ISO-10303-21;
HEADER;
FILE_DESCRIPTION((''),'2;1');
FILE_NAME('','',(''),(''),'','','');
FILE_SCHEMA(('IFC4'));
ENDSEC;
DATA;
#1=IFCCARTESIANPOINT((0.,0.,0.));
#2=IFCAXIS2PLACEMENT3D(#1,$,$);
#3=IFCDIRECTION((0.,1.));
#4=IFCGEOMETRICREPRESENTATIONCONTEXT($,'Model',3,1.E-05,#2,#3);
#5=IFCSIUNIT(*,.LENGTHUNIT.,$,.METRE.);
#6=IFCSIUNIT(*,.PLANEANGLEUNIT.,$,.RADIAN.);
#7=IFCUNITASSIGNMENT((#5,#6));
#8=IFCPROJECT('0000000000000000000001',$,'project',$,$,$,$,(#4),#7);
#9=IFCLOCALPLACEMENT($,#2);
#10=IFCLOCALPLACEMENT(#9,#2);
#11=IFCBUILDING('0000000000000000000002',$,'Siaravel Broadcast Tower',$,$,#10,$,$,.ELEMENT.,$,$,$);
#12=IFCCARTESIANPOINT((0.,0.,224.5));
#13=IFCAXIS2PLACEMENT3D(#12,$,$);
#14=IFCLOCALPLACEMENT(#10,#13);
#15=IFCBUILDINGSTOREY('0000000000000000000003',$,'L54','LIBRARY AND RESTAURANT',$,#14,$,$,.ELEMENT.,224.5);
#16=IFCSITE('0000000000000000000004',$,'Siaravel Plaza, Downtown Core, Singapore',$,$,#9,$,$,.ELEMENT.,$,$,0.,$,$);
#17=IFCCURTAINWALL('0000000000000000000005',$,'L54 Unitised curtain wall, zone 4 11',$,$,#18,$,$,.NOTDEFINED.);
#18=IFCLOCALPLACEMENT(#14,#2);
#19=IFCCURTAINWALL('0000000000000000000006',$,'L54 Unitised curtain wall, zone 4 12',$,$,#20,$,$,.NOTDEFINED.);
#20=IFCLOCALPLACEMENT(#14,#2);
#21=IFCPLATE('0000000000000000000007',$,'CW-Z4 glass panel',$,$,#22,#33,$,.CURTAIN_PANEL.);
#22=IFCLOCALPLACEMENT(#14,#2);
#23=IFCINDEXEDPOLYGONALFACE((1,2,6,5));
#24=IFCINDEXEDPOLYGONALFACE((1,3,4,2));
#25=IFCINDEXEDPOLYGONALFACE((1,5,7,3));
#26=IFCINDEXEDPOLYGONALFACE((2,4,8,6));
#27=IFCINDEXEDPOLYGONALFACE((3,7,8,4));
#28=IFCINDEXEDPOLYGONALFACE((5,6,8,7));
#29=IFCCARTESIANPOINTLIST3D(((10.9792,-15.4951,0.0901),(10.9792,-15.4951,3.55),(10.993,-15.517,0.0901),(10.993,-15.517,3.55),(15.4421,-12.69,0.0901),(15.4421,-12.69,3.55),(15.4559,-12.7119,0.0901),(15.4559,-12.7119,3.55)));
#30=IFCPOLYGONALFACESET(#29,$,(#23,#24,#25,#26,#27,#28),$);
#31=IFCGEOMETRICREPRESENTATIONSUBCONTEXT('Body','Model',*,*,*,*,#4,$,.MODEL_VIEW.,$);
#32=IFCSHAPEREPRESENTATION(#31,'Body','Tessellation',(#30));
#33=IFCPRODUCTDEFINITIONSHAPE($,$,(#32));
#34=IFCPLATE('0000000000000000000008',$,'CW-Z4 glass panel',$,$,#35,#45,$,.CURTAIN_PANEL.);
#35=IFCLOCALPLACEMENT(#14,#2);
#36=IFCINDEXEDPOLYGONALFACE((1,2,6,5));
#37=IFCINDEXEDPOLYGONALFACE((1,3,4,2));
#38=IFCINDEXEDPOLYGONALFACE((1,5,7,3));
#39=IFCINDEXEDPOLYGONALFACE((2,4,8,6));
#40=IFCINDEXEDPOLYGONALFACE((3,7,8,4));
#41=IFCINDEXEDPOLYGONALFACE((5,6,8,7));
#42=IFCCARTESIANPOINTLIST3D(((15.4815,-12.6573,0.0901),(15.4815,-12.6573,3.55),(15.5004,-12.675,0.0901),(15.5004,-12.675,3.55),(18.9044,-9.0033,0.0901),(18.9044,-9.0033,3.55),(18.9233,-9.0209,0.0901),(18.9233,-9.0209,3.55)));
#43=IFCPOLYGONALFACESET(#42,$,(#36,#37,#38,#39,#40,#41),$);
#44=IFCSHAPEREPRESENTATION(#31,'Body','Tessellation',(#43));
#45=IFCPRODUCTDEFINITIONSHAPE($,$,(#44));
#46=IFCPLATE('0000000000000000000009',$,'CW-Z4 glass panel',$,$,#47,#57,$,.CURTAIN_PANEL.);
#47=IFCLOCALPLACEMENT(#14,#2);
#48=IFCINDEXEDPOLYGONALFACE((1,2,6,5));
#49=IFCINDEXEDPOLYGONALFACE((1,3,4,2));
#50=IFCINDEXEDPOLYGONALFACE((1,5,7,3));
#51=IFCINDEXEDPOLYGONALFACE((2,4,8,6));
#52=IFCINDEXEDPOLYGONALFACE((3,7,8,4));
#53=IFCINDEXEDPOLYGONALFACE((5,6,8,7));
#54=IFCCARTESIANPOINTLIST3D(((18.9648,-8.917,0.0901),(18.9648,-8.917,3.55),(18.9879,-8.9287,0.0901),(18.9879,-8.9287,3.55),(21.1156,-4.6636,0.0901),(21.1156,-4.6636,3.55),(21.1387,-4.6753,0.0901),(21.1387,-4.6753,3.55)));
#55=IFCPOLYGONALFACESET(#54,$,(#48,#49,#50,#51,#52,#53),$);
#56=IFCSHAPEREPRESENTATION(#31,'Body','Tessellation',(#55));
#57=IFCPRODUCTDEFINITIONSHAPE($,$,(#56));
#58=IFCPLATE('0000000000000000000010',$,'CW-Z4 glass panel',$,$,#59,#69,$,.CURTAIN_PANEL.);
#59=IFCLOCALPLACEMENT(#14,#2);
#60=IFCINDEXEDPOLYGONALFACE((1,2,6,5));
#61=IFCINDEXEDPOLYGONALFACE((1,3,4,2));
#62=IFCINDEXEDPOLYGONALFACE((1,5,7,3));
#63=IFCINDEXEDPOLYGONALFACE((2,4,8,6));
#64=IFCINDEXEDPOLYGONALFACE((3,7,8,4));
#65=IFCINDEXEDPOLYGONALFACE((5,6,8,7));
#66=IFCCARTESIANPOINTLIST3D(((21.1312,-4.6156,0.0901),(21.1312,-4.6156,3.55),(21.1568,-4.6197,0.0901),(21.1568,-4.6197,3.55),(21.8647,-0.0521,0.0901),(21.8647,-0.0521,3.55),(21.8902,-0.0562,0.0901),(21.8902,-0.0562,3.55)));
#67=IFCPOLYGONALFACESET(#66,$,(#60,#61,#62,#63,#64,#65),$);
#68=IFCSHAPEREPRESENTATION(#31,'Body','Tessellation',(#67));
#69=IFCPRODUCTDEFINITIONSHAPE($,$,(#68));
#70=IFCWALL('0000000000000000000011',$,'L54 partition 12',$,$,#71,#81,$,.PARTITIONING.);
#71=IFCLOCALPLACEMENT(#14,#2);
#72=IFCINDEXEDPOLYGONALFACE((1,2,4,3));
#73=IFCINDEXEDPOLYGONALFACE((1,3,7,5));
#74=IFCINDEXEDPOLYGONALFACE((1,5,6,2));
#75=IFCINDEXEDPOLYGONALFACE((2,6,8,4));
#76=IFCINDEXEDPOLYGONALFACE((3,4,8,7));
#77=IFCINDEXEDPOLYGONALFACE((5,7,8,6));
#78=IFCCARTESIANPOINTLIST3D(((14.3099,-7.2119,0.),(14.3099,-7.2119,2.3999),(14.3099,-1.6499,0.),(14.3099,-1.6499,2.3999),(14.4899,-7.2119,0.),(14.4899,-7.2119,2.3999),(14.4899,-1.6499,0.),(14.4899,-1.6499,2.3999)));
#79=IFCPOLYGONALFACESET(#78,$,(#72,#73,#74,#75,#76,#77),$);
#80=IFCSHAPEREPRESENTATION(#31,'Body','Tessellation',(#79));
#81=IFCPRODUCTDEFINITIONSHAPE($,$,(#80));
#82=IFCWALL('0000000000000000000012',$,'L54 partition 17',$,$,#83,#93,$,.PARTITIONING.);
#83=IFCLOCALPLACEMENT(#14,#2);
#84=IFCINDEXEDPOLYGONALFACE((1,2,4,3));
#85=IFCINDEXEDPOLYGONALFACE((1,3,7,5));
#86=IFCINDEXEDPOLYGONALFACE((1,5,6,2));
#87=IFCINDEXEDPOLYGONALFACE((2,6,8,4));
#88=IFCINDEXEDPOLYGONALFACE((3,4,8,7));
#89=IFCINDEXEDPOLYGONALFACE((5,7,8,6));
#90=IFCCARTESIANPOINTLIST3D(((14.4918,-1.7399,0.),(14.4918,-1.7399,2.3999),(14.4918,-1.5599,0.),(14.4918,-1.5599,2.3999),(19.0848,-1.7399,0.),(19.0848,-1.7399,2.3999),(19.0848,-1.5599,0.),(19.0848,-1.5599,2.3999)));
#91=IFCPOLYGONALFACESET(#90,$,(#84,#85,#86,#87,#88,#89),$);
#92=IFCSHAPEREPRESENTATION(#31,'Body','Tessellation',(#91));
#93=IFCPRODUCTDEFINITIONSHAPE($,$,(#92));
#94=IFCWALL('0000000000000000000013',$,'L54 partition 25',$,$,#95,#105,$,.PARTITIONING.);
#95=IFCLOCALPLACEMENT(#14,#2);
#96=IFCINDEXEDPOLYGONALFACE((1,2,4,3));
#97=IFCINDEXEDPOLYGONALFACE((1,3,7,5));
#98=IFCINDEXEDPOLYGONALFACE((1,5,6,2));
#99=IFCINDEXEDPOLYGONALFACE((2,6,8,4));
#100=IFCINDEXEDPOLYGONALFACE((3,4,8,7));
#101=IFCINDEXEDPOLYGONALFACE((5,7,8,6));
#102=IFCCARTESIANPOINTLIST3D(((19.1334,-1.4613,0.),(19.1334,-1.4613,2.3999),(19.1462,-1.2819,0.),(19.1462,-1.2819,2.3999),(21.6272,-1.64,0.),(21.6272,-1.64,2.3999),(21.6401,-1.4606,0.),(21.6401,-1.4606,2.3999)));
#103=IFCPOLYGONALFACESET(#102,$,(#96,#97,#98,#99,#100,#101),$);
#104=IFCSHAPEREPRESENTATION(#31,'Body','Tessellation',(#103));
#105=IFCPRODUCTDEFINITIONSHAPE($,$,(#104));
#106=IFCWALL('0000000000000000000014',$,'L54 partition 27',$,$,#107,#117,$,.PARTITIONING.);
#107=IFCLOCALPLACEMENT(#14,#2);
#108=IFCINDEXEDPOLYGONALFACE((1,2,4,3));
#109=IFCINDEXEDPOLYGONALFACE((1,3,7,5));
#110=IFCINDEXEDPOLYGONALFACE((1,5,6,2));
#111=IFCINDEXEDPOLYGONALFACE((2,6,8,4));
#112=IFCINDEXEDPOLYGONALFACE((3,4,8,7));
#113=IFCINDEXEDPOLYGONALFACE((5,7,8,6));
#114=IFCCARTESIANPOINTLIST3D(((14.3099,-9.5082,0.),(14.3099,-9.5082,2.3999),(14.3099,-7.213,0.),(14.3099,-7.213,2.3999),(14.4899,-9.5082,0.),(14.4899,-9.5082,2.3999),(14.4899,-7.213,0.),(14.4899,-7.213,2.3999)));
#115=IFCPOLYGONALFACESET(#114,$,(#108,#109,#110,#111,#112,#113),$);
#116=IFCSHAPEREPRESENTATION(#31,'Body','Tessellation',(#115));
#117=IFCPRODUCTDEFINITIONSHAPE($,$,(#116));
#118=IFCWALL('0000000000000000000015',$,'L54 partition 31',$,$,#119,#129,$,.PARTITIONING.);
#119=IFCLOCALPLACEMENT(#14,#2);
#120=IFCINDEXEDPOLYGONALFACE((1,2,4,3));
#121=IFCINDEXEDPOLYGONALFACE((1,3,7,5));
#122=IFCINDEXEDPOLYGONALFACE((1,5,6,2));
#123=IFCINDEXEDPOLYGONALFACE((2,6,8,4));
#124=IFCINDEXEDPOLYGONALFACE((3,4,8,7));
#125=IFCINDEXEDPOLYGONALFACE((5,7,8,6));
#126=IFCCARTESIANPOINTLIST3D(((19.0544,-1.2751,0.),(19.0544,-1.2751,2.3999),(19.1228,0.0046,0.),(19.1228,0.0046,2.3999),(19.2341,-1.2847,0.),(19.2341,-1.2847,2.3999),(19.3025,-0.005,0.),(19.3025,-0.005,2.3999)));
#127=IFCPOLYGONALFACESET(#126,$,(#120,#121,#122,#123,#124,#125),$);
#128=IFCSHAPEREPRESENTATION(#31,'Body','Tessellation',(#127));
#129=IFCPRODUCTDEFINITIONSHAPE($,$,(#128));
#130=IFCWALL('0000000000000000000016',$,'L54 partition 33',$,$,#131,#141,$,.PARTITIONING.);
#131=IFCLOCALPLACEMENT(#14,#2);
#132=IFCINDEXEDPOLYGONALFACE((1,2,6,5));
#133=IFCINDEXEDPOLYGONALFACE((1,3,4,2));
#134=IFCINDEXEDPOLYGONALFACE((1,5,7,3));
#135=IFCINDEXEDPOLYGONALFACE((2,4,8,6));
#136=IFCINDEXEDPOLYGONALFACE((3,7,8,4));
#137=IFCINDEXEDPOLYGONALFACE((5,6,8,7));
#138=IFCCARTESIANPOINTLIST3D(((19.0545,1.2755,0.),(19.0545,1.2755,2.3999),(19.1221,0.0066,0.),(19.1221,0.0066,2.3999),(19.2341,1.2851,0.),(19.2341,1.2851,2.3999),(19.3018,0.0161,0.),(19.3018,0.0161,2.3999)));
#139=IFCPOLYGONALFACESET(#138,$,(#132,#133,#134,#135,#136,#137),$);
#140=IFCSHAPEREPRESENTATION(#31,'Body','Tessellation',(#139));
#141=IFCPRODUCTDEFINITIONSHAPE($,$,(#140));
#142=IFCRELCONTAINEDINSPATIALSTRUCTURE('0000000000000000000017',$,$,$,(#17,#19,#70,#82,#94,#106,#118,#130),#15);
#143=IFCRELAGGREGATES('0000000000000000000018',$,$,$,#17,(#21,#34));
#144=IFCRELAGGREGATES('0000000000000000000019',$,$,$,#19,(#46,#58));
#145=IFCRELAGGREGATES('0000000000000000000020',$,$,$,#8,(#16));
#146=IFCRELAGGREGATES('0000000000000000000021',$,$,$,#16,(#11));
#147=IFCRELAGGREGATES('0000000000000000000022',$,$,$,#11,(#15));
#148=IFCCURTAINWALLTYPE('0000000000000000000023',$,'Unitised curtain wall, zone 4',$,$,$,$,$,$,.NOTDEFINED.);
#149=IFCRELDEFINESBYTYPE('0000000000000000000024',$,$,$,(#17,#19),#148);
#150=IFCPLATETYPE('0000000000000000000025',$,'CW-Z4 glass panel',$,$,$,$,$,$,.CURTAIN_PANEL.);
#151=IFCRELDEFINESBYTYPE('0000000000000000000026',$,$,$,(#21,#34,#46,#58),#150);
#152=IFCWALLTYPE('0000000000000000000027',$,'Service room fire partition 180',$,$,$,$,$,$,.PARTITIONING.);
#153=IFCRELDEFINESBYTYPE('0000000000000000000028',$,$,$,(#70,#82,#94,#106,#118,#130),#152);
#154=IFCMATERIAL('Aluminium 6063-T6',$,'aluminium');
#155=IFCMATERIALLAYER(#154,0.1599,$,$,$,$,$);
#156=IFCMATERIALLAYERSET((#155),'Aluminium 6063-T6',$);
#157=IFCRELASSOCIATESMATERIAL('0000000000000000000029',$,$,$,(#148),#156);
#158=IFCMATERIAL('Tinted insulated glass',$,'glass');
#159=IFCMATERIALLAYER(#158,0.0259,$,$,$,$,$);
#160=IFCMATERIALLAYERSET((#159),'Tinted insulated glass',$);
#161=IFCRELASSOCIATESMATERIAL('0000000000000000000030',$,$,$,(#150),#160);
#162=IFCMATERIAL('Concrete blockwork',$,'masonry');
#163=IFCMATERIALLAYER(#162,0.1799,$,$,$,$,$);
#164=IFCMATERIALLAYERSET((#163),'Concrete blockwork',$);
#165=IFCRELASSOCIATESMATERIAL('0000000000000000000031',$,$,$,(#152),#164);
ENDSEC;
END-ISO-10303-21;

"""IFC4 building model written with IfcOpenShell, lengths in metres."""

from ifc_helpers import new_model, si_unit, direction, frame, frame_2d, origin, origin_2d, place, context, subcontext, project, spatial, rectangle, extrude, material, layer, layer_set, type_object, element, aggregate, save


model = new_model("IFC4")

# Units and contexts
model_context = context("Model", 3, precision=1e-05, world=origin(), true_north=direction((0.0, 1.0)))
body_context = subcontext(model_context, "Body", "Model", "MODEL_VIEW")
ifc_project = project(units=[si_unit("LENGTHUNIT", "METRE"), si_unit("PLANEANGLEUNIT", "RADIAN")], contexts=[model_context])

# Site, building, storey
site_placement = place(None, origin())
site = spatial("IfcSite", under=ifc_project, at=site_placement, Name="Siaravel Plaza, Downtown Core, Singapore", CompositionType="ELEMENT", RefElevation=0.0)
building_placement = place(site_placement, origin())
building = spatial("IfcBuilding", under=site, at=building_placement, Name="Siaravel Broadcast Tower", CompositionType="ELEMENT")
storey_placement = place(building_placement, frame((0.0, 0.0, 224.5)))
storey = spatial("IfcBuildingStorey", under=building, at=storey_placement, Name="L54", Description="LIBRARY AND RESTAURANT", CompositionType="ELEMENT", Elevation=224.5)

# Shared definitions
ifc_material_1 = material(Name="Aluminium 6063-T6", Category="aluminium")
ifc_layer_1 = layer(ifc_material_1, 0.1599)
ifc_layer_set_1 = layer_set([ifc_layer_1], Name="Aluminium 6063-T6")
curtain_wall_type = type_object("IfcCurtainWallType", Name="Unitised curtain wall, zone 4", PredefinedType="NOTDEFINED", material=ifc_layer_set_1)

# Curtain walls
curtain_wall_1_placement = place(storey_placement, origin())
curtain_wall_1 = element("IfcCurtainWall", 1, at=curtain_wall_1_placement, inside=storey, type_object=curtain_wall_type, Name="L54 Unitised curtain wall, zone 4 11", PredefinedType="NOTDEFINED")
curtain_wall_2_placement = place(storey_placement, origin())
curtain_wall_2 = element("IfcCurtainWall", 2, at=curtain_wall_2_placement, inside=storey, type_object=curtain_wall_type, Name="L54 Unitised curtain wall, zone 4 12", PredefinedType="NOTDEFINED")

# Plates
ifc_material_2 = material(Name="Tinted insulated glass", Category="glass")
ifc_layer_2 = layer(ifc_material_2, 0.0259)
ifc_layer_set_2 = layer_set([ifc_layer_2], Name="Tinted insulated glass")
plate_type = type_object("IfcPlateType", Name="CW-Z4 glass panel", PredefinedType="CURTAIN_PANEL", material=ifc_layer_set_2)
plate_1_placement = place(storey_placement, frame((13.2175, -14.1035, 0.0901), z_axis=(0.0, 0.0, 1.0), x_axis=(0.84665, 0.53215, 0.0)))
plate_1 = element("IfcPlate", 3, at=plate_1_placement, type_object=plate_type, Name="CW-Z4 glass panel", PredefinedType="CURTAIN_PANEL", context=body_context, shape_type="SweptSolid", body=[
    extrude(rectangle(XDim=5.2712, YDim=0.0259, at=origin_2d()), origin(), (0.0, 0.0, 1.0), 3.46),
])
plate_2_placement = place(storey_placement, frame((17.2024, -10.8391, 0.0901), z_axis=(0.0, 0.0, 1.0), x_axis=(0.683654, 0.729806, 0.0)))
plate_2 = element("IfcPlate", 4, at=plate_2_placement, type_object=plate_type, Name="CW-Z4 glass panel", PredefinedType="CURTAIN_PANEL", context=body_context, shape_type="SweptSolid", body=[
    extrude(rectangle(XDim=5.0068, YDim=0.0259, at=origin_2d()), origin(), (0.0, 0.0, 1.0), 3.46),
])
aggregate(curtain_wall_1, [plate_1, plate_2])
plate_3_placement = place(storey_placement, frame((20.0518, -6.7961, 0.0901), z_axis=(0.0, 0.0, 1.0), x_axis=(0.45126, 0.892393, 0.0)))
plate_3 = element("IfcPlate", 5, at=plate_3_placement, type_object=plate_type, Name="CW-Z4 glass panel", PredefinedType="CURTAIN_PANEL", context=body_context, shape_type="SweptSolid", body=[
    extrude(rectangle(XDim=4.7664, YDim=0.0259, at=origin_2d()), origin(), (0.0, 0.0, 1.0), 3.46),
])
plate_4_placement = place(storey_placement, frame((21.5107, -2.3359, 0.0901), z_axis=(0.0, 0.0, 1.0), x_axis=(0.158685, 0.987329, 0.0)))
plate_4 = element("IfcPlate", 6, at=plate_4_placement, type_object=plate_type, Name="CW-Z4 glass panel", PredefinedType="CURTAIN_PANEL", context=body_context, shape_type="SweptSolid", body=[
    extrude(rectangle(XDim=4.6221, YDim=0.0259, at=origin_2d()), origin(), (0.0, 0.0, 1.0), 3.46),
])
aggregate(curtain_wall_2, [plate_3, plate_4])

# Walls
ifc_material_3 = material(Name="Concrete blockwork", Category="masonry")
ifc_layer_3 = layer(ifc_material_3, 0.1799)
ifc_layer_set_3 = layer_set([ifc_layer_3], Name="Concrete blockwork")
wall_type = type_object("IfcWallType", Name="Service room fire partition 180", PredefinedType="PARTITIONING", material=ifc_layer_set_3)
wall_1_placement = place(storey_placement, frame((14.3999, -7.2119, 0.0), z_axis=(0.0, 0.0, 1.0), x_axis=(0.0, 1.0, 0.0)))
element("IfcWall", 7, at=wall_1_placement, inside=storey, type_object=wall_type, Name="L54 partition 12", PredefinedType="PARTITIONING", context=body_context, shape_type="SweptSolid", body=[
    extrude(rectangle(XDim=5.562, YDim=0.1799, at=frame_2d((2.781, 0.0))), origin(), (0.0, 0.0, 1.0), 2.3999),
])
wall_2_placement = place(storey_placement, frame((14.4919, -1.6499, 0.0), z_axis=(0.0, 0.0, 1.0), x_axis=(1.0, 0.0, 0.0)))
element("IfcWall", 8, at=wall_2_placement, inside=storey, type_object=wall_type, Name="L54 partition 17", PredefinedType="PARTITIONING", context=body_context, shape_type="SweptSolid", body=[
    extrude(rectangle(XDim=4.593, YDim=0.1799, at=frame_2d((2.2964, 0.0))), origin(), (0.0, 0.0, 1.0), 2.3999),
])
wall_3_placement = place(storey_placement, frame((21.6335, -1.5503, 0.0), z_axis=(0.0, 0.0, 1.0), x_axis=(-0.997442, 0.071476, 0.0)))
element("IfcWall", 9, at=wall_3_placement, inside=storey, type_object=wall_type, Name="L54 partition 25", PredefinedType="PARTITIONING", context=body_context, shape_type="SweptSolid", body=[
    extrude(rectangle(XDim=2.5002, YDim=0.1799, at=frame_2d((1.25, 0.0))), origin(), (0.0, 0.0, 1.0), 2.3999),
])
wall_4_placement = place(storey_placement, frame((14.3999, -9.5081, 0.0), z_axis=(0.0, 0.0, 1.0), x_axis=(0.0, 1.0, 0.0)))
element("IfcWall", 10, at=wall_4_placement, inside=storey, type_object=wall_type, Name="L54 partition 27", PredefinedType="PARTITIONING", context=body_context, shape_type="SweptSolid", body=[
    extrude(rectangle(XDim=2.2952, YDim=0.1799, at=frame_2d((1.1475, 0.0))), origin(), (0.0, 0.0, 1.0), 2.3999),
])
wall_5_placement = place(storey_placement, frame((19.1443, -1.2798, 0.0), z_axis=(0.0, 0.0, 1.0), x_axis=(0.053339, 0.998576, 0.0)))
element("IfcWall", 11, at=wall_5_placement, inside=storey, type_object=wall_type, Name="L54 partition 31", PredefinedType="PARTITIONING", context=body_context, shape_type="SweptSolid", body=[
    extrude(rectangle(XDim=1.2815, YDim=0.1799, at=frame_2d((0.6406, 0.0))), origin(), (0.0, 0.0, 1.0), 2.3999),
])
wall_6_placement = place(storey_placement, frame((19.2119, 0.0115, 0.0), z_axis=(0.0, 0.0, 1.0), x_axis=(-0.053214, 0.998583, 0.0)))
element("IfcWall", 12, at=wall_6_placement, inside=storey, type_object=wall_type, Name="L54 partition 33", PredefinedType="PARTITIONING", context=body_context, shape_type="SweptSolid", body=[
    extrude(rectangle(XDim=1.2708, YDim=0.1799, at=frame_2d((0.6353, 0.0))), origin(), (0.0, 0.0, 1.0), 2.3999),
])

save(model, "model.ifc")
